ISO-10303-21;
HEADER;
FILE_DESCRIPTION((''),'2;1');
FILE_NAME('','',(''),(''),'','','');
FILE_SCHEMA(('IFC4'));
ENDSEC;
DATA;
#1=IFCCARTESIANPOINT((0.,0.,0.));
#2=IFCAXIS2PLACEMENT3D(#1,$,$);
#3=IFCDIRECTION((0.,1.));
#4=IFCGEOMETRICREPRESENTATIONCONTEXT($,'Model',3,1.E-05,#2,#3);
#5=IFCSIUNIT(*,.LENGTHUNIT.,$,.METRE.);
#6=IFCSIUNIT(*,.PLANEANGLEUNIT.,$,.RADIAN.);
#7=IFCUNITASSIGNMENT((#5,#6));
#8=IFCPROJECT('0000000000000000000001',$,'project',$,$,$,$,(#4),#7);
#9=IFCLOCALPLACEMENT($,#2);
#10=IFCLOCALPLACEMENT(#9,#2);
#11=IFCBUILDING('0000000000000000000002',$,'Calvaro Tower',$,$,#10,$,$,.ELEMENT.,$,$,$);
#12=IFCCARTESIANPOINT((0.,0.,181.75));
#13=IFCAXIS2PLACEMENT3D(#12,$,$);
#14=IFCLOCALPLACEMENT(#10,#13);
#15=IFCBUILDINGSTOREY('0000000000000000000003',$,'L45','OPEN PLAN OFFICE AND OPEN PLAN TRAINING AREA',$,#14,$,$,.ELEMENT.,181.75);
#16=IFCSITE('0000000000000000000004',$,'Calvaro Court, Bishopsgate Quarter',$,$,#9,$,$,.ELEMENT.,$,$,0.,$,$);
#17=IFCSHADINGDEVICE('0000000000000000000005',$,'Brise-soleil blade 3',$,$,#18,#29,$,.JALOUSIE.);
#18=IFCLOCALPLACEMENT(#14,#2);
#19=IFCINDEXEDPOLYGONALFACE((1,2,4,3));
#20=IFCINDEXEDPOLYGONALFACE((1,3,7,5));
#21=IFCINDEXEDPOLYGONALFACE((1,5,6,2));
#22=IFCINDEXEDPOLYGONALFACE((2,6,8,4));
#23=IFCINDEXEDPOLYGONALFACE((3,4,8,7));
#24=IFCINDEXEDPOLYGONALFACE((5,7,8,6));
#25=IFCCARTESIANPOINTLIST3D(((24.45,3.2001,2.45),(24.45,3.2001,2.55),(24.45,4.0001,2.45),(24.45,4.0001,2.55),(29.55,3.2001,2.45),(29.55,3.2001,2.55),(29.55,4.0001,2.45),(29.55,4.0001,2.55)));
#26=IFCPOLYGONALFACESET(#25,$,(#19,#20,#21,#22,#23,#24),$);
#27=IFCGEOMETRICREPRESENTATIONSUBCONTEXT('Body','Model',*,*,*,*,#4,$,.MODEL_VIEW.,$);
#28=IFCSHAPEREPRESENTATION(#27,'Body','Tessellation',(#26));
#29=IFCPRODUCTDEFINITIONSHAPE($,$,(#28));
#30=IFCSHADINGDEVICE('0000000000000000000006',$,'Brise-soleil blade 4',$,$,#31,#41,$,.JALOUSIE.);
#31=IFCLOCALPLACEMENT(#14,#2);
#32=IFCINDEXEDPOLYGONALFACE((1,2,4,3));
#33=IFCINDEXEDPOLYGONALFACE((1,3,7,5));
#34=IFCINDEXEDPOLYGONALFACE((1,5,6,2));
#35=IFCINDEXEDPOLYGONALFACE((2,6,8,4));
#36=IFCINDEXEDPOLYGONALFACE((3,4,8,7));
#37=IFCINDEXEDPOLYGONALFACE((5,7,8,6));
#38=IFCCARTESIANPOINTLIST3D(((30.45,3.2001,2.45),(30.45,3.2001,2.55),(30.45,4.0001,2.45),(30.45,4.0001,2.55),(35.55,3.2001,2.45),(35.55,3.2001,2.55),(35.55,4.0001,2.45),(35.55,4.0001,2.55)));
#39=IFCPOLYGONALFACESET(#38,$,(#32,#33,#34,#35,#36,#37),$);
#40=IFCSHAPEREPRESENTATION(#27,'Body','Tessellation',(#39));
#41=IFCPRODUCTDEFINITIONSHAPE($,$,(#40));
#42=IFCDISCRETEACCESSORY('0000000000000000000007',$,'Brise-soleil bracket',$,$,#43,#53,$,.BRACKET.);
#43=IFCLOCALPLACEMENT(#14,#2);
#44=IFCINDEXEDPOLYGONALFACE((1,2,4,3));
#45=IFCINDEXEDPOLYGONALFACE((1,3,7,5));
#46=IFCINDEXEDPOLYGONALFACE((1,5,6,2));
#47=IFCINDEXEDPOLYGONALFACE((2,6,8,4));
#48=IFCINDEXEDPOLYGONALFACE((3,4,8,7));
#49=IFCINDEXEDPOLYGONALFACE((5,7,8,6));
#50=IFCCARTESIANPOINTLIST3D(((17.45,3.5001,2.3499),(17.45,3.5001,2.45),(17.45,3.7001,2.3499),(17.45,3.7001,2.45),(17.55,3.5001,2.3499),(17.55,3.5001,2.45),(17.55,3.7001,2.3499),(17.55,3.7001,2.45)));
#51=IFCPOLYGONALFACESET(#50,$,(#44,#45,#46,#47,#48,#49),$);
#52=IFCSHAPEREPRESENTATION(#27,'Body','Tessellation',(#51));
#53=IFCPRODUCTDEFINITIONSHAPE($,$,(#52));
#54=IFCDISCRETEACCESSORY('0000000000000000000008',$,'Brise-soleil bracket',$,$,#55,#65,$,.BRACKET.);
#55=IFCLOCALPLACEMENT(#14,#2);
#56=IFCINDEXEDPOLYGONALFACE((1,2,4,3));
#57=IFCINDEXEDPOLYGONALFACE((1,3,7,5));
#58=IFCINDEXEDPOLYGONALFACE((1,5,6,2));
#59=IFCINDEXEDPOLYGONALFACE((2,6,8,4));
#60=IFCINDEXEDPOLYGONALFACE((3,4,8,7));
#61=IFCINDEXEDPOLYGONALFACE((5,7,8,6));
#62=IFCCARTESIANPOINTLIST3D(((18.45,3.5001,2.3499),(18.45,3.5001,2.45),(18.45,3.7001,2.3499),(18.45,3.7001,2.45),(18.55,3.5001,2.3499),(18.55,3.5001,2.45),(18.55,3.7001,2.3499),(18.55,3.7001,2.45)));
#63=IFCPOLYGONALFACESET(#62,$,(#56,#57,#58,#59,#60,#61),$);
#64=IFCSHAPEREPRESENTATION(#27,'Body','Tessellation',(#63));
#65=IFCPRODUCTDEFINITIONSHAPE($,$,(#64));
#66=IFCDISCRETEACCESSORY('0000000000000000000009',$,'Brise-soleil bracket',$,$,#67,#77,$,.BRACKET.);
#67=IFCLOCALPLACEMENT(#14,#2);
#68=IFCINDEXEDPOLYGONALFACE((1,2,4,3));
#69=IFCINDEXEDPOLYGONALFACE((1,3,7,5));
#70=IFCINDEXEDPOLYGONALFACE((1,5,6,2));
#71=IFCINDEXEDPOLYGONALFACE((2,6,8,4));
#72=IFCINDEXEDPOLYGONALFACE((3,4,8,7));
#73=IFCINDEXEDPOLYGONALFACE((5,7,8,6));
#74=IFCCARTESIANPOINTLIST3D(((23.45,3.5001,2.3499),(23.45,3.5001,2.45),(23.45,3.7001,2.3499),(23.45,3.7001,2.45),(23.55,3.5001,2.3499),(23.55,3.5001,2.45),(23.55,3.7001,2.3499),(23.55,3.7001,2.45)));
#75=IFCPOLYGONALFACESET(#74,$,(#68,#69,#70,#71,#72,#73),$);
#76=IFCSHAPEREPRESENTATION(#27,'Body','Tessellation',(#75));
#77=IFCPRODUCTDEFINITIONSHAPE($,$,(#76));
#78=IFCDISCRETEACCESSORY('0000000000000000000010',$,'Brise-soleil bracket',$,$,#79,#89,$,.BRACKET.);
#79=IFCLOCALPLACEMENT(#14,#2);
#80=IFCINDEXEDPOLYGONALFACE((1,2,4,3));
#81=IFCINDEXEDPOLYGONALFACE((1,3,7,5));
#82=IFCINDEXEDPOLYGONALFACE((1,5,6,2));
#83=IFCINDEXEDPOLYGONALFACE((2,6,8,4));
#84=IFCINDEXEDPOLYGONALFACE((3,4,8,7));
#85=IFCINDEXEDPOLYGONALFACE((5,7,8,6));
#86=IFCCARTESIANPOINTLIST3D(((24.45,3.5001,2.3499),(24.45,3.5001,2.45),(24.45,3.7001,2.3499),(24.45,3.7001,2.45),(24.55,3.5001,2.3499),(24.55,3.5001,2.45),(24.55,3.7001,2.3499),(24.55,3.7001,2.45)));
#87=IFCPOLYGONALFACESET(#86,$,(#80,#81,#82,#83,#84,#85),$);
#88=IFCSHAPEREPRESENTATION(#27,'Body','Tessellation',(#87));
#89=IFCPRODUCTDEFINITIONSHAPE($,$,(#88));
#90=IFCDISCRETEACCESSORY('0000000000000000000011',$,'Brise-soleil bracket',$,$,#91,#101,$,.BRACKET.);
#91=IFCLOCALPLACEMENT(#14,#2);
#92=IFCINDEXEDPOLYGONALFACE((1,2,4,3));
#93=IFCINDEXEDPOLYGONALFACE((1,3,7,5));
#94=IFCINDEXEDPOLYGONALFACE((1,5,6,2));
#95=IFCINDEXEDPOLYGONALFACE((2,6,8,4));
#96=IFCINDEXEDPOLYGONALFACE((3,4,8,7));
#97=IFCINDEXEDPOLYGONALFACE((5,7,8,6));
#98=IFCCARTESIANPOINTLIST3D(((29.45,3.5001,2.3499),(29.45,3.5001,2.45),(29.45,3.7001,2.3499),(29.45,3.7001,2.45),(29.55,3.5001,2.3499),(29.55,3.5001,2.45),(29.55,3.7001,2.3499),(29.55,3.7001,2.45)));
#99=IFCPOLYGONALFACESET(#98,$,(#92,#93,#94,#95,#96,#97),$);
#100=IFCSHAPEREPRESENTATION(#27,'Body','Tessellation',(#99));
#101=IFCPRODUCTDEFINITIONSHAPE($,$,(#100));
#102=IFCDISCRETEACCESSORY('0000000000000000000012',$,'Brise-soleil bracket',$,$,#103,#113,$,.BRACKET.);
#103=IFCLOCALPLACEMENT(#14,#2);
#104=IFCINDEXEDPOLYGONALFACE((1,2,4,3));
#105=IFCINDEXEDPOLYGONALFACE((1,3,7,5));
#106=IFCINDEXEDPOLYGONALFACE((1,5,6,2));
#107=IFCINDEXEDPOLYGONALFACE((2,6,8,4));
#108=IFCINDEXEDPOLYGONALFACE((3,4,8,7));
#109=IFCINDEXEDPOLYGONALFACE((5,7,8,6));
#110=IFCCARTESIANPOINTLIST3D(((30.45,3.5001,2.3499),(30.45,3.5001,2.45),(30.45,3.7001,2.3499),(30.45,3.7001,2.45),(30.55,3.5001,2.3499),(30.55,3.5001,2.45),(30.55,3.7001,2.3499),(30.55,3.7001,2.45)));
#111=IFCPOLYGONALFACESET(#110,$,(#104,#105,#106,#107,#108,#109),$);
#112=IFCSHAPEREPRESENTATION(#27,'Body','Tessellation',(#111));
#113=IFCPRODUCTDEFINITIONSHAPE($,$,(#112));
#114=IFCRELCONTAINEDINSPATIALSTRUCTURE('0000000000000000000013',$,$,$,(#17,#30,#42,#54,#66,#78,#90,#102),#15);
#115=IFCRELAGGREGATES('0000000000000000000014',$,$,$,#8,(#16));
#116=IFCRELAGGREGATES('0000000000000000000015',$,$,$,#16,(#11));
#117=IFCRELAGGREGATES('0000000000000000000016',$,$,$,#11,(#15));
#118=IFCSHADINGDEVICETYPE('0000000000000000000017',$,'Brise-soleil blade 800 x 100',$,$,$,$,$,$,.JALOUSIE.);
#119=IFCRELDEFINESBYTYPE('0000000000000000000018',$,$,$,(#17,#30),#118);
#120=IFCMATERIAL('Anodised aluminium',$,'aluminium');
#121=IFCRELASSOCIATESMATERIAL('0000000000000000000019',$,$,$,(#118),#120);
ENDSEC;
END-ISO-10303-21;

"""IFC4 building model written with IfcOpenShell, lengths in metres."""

from ifc_helpers import new_model, si_unit, direction, frame, origin, origin_2d, place, context, subcontext, project, spatial, rectangle, extrude, material, material_profile, profile_set, type_object, element, save


model = new_model("IFC4")

# Units and contexts
model_context = context("Model", 3, precision=1e-05, world=origin(), true_north=direction((0.0, 1.0)))
body_context = subcontext(model_context, "Body", "Model", "MODEL_VIEW")
ifc_project = project(units=[si_unit("LENGTHUNIT", "METRE"), si_unit("PLANEANGLEUNIT", "RADIAN")], contexts=[model_context])

# Site, building, storey
site_placement = place(None, origin())
site = spatial("IfcSite", under=ifc_project, at=site_placement, Name="Calvaro Court, Bishopsgate Quarter", CompositionType="ELEMENT", RefElevation=0.0)
building_placement = place(site_placement, origin())
building = spatial("IfcBuilding", under=site, at=building_placement, Name="Calvaro Tower", CompositionType="ELEMENT")
storey_placement = place(building_placement, frame((0.0, 0.0, 181.75)))
storey = spatial("IfcBuildingStorey", under=building, at=storey_placement, Name="L45", Description="OPEN PLAN OFFICE AND OPEN PLAN TRAINING AREA", CompositionType="ELEMENT", Elevation=181.75)

# Shading devices
ifc_material_1 = material(Name="Anodised aluminium", Category="aluminium")
ifc_material_profile_1 = material_profile(ifc_material_1, rectangle(XDim=0.8, YDim=0.1001, at=origin_2d()), Name="Brise-soleil blade 800 x 100")
ifc_profile_set_1 = profile_set([ifc_material_profile_1], Name="Anodised aluminium")
shading_device_type = type_object("IfcShadingDeviceType", Name="Brise-soleil blade 800 x 100", PredefinedType="JALOUSIE", material=ifc_profile_set_1)
for number, where, z_axis, x_axis, name in (
    (1, (24.45, 3.6001, 2.5), (1.0, 0.0, 0.0), (0.0, 1.0, 0.0), "Brise-soleil blade 3"),
    (2, (30.45, 3.6001, 2.5), (1.0, 0.0, 0.0), (0.0, 1.0, 0.0), "Brise-soleil blade 4"),
):
    element("IfcShadingDevice", number, at=place(storey_placement, frame(where, z_axis=z_axis, x_axis=x_axis)), inside=storey, type_object=shading_device_type, Name=name, PredefinedType="JALOUSIE", context=body_context, shape_type="SweptSolid", body=[
        extrude(rectangle(XDim=0.8, YDim=0.1001, at=origin_2d()), origin(), (0.0, 0.0, 1.0), 5.1001),
    ])

# Discrete accessories
for number, where, z_axis, x_axis, name in (
    (3, (17.5, 3.6001, 2.3499), (0.0, 0.0, 1.0), (1.0, 0.0, 0.0), "Brise-soleil bracket"),
    (4, (18.5, 3.6001, 2.3499), (0.0, 0.0, 1.0), (1.0, 0.0, 0.0), "Brise-soleil bracket"),
    (5, (23.5, 3.6001, 2.3499), (0.0, 0.0, 1.0), (1.0, 0.0, 0.0), "Brise-soleil bracket"),
    (6, (24.5, 3.6001, 2.3499), (0.0, 0.0, 1.0), (1.0, 0.0, 0.0), "Brise-soleil bracket"),
    (7, (29.5, 3.6001, 2.3499), (0.0, 0.0, 1.0), (1.0, 0.0, 0.0), "Brise-soleil bracket"),
    (8, (30.5, 3.6001, 2.3499), (0.0, 0.0, 1.0), (1.0, 0.0, 0.0), "Brise-soleil bracket"),
):
    element("IfcDiscreteAccessory", number, at=place(storey_placement, frame(where, z_axis=z_axis, x_axis=x_axis)), inside=storey, Name=name, PredefinedType="BRACKET", context=body_context, shape_type="SweptSolid", body=[
        extrude(rectangle(XDim=0.1001, YDim=0.2, at=origin_2d()), origin(), (0.0, 0.0, 1.0), 0.1001),
    ])

save(model, "model.ifc")
